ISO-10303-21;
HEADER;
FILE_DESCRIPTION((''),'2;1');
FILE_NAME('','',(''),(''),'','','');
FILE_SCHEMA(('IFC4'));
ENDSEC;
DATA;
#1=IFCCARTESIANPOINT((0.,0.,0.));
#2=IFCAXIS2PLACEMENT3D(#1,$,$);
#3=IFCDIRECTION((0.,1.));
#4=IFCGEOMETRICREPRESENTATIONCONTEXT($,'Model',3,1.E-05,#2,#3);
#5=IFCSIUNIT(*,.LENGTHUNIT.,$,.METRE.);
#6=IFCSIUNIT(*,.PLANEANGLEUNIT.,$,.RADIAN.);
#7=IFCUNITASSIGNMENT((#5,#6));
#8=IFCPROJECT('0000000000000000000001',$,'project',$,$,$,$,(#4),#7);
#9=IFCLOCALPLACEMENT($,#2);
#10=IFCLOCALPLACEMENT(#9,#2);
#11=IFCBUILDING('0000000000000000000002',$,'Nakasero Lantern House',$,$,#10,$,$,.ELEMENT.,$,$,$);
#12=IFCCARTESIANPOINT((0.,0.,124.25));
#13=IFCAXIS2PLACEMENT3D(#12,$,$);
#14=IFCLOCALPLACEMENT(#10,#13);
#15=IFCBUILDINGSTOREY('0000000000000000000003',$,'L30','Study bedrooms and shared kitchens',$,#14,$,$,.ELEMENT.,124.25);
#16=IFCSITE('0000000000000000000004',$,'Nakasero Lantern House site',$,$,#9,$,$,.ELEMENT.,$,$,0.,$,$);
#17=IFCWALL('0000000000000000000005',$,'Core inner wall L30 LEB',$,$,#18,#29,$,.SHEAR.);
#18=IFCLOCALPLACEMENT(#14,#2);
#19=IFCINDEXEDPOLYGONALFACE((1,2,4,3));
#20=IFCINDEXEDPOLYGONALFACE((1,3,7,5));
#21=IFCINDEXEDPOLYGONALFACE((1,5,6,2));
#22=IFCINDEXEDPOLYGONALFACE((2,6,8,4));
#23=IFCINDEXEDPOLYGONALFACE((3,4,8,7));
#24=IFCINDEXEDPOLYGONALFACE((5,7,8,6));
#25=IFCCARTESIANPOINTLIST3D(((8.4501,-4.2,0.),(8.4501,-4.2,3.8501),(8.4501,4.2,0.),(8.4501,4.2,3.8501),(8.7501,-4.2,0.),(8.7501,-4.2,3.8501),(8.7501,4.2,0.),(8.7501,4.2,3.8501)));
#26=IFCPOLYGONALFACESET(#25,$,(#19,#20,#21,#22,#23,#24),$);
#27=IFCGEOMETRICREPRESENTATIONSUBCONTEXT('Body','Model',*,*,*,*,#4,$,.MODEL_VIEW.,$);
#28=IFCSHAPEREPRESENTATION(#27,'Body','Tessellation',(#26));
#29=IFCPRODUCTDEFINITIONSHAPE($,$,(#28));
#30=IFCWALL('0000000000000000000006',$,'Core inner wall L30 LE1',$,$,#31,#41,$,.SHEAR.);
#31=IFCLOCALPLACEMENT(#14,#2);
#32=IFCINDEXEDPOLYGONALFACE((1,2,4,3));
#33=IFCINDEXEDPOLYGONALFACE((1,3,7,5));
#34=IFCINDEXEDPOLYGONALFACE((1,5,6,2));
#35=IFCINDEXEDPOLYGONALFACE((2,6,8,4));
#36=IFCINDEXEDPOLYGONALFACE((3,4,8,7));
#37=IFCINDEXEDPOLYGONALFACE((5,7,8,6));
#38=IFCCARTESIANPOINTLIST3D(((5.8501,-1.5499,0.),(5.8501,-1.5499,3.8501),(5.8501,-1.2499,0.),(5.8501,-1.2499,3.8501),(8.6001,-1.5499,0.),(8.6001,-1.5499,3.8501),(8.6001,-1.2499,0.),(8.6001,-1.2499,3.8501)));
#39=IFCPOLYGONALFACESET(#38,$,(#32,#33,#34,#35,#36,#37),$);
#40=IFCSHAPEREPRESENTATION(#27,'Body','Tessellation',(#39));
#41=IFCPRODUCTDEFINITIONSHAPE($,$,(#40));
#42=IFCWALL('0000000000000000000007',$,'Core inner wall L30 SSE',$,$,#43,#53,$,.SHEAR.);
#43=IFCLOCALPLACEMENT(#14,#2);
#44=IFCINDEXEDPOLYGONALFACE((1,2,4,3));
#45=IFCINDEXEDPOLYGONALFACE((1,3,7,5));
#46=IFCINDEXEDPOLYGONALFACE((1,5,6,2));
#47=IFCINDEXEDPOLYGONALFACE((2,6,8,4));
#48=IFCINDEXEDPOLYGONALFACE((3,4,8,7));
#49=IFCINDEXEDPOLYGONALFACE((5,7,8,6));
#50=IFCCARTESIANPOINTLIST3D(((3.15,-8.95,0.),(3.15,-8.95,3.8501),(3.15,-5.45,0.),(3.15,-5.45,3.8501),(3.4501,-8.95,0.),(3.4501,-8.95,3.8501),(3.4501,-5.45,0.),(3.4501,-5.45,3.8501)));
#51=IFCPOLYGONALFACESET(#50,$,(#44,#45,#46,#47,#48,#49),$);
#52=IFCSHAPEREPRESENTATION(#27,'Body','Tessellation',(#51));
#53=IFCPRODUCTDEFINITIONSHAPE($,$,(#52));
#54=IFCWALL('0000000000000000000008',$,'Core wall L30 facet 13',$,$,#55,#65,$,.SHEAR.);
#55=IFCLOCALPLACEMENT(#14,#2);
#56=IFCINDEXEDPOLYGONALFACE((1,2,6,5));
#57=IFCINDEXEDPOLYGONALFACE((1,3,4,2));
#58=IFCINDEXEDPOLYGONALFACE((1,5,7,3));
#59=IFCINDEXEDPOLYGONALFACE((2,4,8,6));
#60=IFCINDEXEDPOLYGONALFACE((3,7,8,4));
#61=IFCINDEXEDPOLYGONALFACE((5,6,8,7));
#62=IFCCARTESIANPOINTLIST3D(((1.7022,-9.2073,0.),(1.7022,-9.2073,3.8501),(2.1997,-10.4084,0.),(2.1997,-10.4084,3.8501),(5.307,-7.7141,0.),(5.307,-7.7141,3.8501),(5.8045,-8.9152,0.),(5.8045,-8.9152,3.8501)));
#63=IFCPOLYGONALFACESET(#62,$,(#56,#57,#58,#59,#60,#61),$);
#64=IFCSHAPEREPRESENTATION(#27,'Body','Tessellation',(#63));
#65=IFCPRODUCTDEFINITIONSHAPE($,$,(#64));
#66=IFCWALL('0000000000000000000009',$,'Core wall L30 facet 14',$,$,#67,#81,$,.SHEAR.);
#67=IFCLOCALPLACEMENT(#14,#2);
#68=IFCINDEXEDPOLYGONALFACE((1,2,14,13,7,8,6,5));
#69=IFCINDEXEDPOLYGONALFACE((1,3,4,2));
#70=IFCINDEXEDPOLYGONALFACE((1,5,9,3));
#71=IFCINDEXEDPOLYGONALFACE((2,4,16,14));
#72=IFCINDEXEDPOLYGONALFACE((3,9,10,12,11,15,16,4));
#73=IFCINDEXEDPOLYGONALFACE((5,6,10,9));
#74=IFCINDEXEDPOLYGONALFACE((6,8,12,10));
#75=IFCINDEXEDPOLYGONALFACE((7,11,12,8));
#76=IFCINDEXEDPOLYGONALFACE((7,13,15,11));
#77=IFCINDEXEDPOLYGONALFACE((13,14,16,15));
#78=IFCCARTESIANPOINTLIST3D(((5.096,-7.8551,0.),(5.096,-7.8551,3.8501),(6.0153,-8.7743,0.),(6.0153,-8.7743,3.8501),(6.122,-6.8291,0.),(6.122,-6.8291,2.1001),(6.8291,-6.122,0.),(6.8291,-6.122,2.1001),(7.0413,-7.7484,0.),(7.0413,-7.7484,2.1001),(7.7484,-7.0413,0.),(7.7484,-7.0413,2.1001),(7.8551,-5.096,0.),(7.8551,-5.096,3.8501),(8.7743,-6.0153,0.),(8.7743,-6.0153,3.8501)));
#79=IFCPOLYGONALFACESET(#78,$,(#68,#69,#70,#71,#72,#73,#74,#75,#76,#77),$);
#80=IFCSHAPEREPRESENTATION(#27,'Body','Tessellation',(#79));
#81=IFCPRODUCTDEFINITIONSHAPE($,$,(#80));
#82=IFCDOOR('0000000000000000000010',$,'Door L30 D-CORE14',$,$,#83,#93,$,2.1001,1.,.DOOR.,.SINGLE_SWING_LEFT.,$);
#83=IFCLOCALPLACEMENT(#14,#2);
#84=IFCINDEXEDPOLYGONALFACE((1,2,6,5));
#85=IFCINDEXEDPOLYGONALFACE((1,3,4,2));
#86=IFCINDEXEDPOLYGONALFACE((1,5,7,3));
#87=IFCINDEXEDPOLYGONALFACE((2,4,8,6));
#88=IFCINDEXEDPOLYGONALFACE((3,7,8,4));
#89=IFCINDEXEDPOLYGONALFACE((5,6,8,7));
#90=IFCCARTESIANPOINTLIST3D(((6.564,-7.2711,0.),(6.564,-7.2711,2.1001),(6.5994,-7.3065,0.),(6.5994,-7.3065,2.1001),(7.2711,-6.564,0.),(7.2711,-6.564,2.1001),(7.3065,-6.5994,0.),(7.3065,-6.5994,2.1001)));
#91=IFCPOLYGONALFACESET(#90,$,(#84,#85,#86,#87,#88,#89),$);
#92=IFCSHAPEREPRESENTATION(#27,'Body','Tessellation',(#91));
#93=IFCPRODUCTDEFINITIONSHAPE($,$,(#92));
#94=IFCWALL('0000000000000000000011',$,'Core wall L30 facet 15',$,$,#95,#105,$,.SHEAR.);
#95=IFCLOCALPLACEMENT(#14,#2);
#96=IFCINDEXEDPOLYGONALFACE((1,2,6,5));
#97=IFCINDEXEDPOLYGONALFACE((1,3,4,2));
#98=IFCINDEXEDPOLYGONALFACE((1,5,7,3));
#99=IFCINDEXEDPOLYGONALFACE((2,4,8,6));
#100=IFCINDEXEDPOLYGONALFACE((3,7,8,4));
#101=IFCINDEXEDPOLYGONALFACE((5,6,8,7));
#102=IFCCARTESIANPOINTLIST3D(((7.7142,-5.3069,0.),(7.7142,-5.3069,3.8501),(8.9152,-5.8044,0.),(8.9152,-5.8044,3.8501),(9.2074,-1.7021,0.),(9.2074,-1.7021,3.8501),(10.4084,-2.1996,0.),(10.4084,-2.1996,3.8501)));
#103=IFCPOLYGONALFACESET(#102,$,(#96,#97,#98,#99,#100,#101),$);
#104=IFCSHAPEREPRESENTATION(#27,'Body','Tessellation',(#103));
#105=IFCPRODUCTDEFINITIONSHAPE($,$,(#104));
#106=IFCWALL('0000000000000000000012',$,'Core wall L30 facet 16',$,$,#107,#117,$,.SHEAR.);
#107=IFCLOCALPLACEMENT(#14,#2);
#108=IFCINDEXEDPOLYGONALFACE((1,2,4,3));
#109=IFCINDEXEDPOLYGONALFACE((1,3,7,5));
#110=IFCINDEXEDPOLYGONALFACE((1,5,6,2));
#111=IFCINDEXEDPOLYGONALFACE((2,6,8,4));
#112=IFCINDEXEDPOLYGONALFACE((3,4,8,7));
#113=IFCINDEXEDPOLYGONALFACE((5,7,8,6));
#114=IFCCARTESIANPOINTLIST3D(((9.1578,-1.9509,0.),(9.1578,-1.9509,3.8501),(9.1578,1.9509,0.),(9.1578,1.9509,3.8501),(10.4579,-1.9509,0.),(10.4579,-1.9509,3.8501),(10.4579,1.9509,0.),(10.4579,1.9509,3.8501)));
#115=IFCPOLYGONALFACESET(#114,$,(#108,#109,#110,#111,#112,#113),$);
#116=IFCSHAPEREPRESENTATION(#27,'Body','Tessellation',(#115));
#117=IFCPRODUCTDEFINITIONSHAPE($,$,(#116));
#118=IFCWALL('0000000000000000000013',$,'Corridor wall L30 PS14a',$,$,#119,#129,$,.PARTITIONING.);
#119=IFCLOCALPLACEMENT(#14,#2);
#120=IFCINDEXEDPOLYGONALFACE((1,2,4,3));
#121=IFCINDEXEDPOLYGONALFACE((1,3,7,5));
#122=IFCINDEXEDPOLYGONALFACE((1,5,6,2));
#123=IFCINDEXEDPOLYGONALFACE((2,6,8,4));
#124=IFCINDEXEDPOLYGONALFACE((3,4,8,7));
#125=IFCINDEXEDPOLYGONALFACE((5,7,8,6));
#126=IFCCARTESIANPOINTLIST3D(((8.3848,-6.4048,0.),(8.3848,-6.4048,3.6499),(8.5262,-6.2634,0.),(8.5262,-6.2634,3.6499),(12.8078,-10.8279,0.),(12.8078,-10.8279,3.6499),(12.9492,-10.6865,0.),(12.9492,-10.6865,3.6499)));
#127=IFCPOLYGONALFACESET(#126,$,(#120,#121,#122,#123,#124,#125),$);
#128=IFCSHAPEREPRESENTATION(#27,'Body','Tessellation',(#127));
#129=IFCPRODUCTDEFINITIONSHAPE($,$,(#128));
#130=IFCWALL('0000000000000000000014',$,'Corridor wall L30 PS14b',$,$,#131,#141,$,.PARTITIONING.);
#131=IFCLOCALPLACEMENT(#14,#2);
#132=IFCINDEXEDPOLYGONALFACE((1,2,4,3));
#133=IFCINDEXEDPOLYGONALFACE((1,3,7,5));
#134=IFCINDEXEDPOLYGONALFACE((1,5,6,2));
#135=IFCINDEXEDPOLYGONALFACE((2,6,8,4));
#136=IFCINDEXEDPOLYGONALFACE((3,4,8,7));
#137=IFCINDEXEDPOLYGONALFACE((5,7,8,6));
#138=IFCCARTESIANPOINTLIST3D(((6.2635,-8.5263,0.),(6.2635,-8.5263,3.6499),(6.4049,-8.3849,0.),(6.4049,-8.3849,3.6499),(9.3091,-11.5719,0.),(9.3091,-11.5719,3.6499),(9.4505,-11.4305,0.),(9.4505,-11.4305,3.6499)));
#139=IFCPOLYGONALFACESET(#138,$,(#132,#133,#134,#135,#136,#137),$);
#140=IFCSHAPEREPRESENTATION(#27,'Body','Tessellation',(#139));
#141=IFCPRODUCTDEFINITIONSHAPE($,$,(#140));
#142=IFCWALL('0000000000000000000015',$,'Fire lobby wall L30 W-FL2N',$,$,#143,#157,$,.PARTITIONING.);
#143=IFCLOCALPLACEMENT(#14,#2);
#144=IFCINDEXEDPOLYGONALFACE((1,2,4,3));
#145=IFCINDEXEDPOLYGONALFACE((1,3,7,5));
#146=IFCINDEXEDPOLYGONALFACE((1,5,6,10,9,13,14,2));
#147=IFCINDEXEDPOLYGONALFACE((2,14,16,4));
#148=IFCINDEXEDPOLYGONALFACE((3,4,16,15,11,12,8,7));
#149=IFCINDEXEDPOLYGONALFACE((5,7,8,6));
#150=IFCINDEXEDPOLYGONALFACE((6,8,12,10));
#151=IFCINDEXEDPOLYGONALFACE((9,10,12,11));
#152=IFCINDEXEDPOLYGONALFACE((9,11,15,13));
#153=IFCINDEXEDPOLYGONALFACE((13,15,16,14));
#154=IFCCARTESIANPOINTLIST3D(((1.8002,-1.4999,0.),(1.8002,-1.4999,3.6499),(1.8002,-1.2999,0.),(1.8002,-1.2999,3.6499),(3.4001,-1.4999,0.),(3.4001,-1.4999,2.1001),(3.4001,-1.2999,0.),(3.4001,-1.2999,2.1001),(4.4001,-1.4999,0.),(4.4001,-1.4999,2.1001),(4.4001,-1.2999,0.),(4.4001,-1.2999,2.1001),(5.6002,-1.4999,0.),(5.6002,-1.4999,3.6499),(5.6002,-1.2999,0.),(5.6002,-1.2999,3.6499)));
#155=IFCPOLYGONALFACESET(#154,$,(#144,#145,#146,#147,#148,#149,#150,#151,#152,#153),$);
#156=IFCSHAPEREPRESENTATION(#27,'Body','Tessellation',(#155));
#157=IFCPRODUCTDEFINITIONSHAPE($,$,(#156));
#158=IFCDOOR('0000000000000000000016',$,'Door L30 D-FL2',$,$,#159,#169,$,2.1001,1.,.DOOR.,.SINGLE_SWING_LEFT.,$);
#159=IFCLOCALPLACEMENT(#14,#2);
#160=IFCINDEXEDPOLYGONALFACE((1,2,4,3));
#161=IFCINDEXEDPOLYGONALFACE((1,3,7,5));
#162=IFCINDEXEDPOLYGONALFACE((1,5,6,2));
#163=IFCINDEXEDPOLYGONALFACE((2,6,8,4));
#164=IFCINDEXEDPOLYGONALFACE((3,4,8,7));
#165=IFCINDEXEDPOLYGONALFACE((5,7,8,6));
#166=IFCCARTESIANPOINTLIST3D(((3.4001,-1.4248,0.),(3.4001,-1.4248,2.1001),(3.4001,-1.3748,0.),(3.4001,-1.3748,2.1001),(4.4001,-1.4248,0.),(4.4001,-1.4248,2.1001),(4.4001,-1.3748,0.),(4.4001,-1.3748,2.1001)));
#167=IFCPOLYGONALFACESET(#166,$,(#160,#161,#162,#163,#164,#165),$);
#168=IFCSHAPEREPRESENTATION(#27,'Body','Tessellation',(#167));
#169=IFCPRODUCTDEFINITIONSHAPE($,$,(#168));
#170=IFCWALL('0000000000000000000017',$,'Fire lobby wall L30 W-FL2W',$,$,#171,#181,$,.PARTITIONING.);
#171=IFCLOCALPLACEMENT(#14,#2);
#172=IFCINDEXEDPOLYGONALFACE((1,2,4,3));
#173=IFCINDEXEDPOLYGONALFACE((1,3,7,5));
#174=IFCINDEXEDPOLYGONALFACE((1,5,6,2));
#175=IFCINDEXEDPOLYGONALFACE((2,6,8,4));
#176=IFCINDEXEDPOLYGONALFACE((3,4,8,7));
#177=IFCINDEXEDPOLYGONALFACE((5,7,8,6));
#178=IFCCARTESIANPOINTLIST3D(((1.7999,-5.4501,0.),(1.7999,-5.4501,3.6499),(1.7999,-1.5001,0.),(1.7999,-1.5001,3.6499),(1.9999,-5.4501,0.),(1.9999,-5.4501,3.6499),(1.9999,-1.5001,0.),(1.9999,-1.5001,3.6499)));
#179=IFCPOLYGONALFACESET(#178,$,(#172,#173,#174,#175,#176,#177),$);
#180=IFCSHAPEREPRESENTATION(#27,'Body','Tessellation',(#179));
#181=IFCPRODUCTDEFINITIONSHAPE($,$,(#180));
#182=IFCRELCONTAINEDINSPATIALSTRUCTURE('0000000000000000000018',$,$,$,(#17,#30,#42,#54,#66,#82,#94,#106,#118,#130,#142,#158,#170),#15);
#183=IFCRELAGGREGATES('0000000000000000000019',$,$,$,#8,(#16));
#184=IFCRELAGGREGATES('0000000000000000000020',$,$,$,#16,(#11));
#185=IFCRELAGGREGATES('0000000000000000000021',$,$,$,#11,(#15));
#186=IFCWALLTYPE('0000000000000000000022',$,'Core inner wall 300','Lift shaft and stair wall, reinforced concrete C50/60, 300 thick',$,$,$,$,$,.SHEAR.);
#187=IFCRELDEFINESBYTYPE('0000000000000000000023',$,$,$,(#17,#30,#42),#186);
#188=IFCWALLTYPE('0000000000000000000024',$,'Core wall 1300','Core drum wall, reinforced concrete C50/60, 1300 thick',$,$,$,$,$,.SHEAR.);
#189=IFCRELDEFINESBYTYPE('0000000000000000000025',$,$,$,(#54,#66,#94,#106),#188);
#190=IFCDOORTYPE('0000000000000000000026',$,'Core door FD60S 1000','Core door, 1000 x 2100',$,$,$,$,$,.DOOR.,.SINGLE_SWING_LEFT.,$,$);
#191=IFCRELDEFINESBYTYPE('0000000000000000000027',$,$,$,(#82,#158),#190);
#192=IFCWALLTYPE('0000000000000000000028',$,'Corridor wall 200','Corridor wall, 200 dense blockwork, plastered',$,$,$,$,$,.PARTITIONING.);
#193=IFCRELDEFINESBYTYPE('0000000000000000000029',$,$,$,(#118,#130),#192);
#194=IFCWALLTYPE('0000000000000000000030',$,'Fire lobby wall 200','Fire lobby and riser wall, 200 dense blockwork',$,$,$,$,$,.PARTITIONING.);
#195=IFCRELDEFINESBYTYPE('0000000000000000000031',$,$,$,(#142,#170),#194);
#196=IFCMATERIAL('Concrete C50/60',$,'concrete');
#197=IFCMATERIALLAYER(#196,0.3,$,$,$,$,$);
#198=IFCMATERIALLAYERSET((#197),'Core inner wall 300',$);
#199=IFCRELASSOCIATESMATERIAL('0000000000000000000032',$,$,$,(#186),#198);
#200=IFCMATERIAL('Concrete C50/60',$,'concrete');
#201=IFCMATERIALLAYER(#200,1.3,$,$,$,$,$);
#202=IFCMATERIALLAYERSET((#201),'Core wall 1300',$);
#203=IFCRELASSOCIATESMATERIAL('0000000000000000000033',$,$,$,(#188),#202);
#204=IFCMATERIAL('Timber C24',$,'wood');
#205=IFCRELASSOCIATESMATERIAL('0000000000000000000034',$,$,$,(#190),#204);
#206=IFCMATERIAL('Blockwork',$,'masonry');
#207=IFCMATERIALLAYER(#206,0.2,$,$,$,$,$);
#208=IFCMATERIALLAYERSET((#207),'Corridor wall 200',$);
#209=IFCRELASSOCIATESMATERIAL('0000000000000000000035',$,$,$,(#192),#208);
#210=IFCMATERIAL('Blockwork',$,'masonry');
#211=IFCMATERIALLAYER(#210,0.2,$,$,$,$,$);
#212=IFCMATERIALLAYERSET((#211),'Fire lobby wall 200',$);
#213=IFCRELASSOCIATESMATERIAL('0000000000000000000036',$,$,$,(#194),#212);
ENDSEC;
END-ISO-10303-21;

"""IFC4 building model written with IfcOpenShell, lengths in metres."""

from ifc_helpers import new_model, si_unit, direction, frame, frame_2d, origin, place, context, subcontext, project, spatial, rectangle, extrude, material, layer, layer_set, type_object, element, fill, save


model = new_model("IFC4")

# Units and contexts
model_context = context("Model", 3, precision=1e-05, world=origin(), true_north=direction((0.0, 1.0)))
body_context = subcontext(model_context, "Body", "Model", "MODEL_VIEW")
ifc_project = project(units=[si_unit("LENGTHUNIT", "METRE"), si_unit("PLANEANGLEUNIT", "RADIAN")], contexts=[model_context])

# Site, building, storey
site_placement = place(None, origin())
site = spatial("IfcSite", under=ifc_project, at=site_placement, Name="Nakasero Lantern House site", CompositionType="ELEMENT", RefElevation=0.0)
building_placement = place(site_placement, origin())
building = spatial("IfcBuilding", under=site, at=building_placement, Name="Nakasero Lantern House", CompositionType="ELEMENT")
storey_placement = place(building_placement, frame((0.0, 0.0, 124.25)))
storey = spatial("IfcBuildingStorey", under=building, at=storey_placement, Name="L30", Description="Study bedrooms and shared kitchens", CompositionType="ELEMENT", Elevation=124.25)

# Shared definitions
ifc_material_1 = material(Name="Concrete C50/60", Category="concrete")
ifc_layer_1 = layer(ifc_material_1, 0.3)
ifc_layer_set_1 = layer_set([ifc_layer_1], Name="Core inner wall 300")
wall_type_1 = type_object("IfcWallType", Name="Core inner wall 300", Description="Lift shaft and stair wall, reinforced concrete C50/60, 300 thick", PredefinedType="SHEAR", material=ifc_layer_set_1)

# Walls
wall_1_placement = place(storey_placement, frame((8.6001, -4.2, 0.0), z_axis=(0.0, 0.0, 1.0), x_axis=(0.0, 1.0, 0.0)))
element("IfcWall", 1, at=wall_1_placement, inside=storey, type_object=wall_type_1, Name="Core inner wall L30 LEB", PredefinedType="SHEAR", context=body_context, shape_type="SweptSolid", body=[
    extrude(rectangle(XDim=8.3999, YDim=0.3, at=frame_2d((4.2, 0.0))), origin(), (0.0, 0.0, 1.0), 3.8501),
])
wall_2_placement = place(storey_placement, frame((5.8501, -1.3999, 0.0), z_axis=(0.0, 0.0, 1.0), x_axis=(1.0, 0.0, 0.0)))
element("IfcWall", 2, at=wall_2_placement, inside=storey, type_object=wall_type_1, Name="Core inner wall L30 LE1", PredefinedType="SHEAR", context=body_context, shape_type="SweptSolid", body=[
    extrude(rectangle(XDim=2.75, YDim=0.3, at=frame_2d((1.375, 0.0))), origin(), (0.0, 0.0, 1.0), 3.8501),
])
wall_3_placement = place(storey_placement, frame((3.3, -5.45, 0.0), z_axis=(0.0, 0.0, 1.0), x_axis=(0.0, -1.0, 0.0)))
element("IfcWall", 3, at=wall_3_placement, inside=storey, type_object=wall_type_1, Name="Core inner wall L30 SSE", PredefinedType="SHEAR", context=body_context, shape_type="SweptSolid", body=[
    extrude(rectangle(XDim=3.5, YDim=0.3, at=frame_2d((1.75, 0.0))), origin(), (0.0, 0.0, 1.0), 3.8501),
])
ifc_material_2 = material(Name="Concrete C50/60", Category="concrete")
ifc_layer_2 = layer(ifc_material_2, 1.3)
ifc_layer_set_2 = layer_set([ifc_layer_2], Name="Core wall 1300")
wall_type_2 = type_object("IfcWallType", Name="Core wall 1300", Description="Core drum wall, reinforced concrete C50/60, 1300 thick", PredefinedType="SHEAR", material=ifc_layer_set_2)
wall_4_placement = place(storey_placement, frame((1.9509, -9.8079, 0.0), z_axis=(0.0, 0.0, 1.0), x_axis=(0.923877, 0.382691, 0.0)))
element("IfcWall", 4, at=wall_4_placement, inside=storey, type_object=wall_type_2, Name="Core wall L30 facet 13", PredefinedType="SHEAR", context=body_context, shape_type="SweptSolid", body=[
    extrude(rectangle(XDim=3.9019, YDim=1.3, at=frame_2d((1.9509, 0.0))), origin(), (0.0, 0.0, 1.0), 3.8501),
])

# Wall, opening, door
wall_5_placement = place(storey_placement, frame((5.5557, -8.3147, 0.0), z_axis=(0.0, 0.0, 1.0), x_axis=(0.707107, 0.707107, 0.0)))
wall_5 = element("IfcWall", 5, at=wall_5_placement, inside=storey, type_object=wall_type_2, Name="Core wall L30 facet 14", PredefinedType="SHEAR", context=body_context, shape_type="SweptSolid", body=[
    extrude(rectangle(XDim=3.9019, YDim=1.3, at=frame_2d((1.9509, 0.0))), origin(), (0.0, 0.0, 1.0), 3.8501),
])
opening_1_placement = place(wall_5_placement, frame((1.4509, 0.0, 0.0)))
opening_1 = element("IfcOpeningElement", 6, at=opening_1_placement, cuts=wall_5, PredefinedType="OPENING", context=body_context, shape_type="SweptSolid", body=[
    extrude(rectangle(XDim=1.0, YDim=2.1001, at=frame_2d((0.5, 1.05))), frame((0.0, 0.6699, 0.0), z_axis=(0.0, -1.0, 0.0), x_axis=(1.0, 0.0, 0.0)), (0.0, 0.0, 1.0), 1.3401),
])
ifc_material_3 = material(Name="Timber C24", Category="wood")
door_type_1 = type_object("IfcDoorType", Name="Core door FD60S 1000", Description="Core door, 1000 x 2100", OperationType="SINGLE_SWING_LEFT", PredefinedType="DOOR", material=ifc_material_3)
door_1_placement = place(opening_1_placement, origin())
door_1 = element("IfcDoor", 7, at=door_1_placement, inside=storey, type_object=door_type_1, Name="Door L30 D-CORE14", OperationType="SINGLE_SWING_LEFT", OverallHeight=2.1001, OverallWidth=1.0, PredefinedType="DOOR", context=body_context, shape_type="SweptSolid", body=[
    extrude(rectangle(XDim=1.0, YDim=2.1001, at=frame_2d((0.5, 1.05))), frame((0.0, 0.0249, 0.0), z_axis=(0.0, -1.0, 0.0), x_axis=(1.0, 0.0, 0.0)), (0.0, 0.0, 1.0), 0.05),
])
fill(opening_1, door_1)

# Walls
for number, where, z_axis, x_axis, name in (
    (8, (8.3147, -5.5557, 0.0), (0.0, 0.0, 1.0), (0.382691, 0.923877, 0.0), "Core wall L30 facet 15"),
    (9, (9.8079, -1.9509, 0.0), (0.0, 0.0, 1.0), (0.0, 1.0, 0.0), "Core wall L30 facet 16"),
):
    element("IfcWall", number, at=place(storey_placement, frame(where, z_axis=z_axis, x_axis=x_axis)), inside=storey, type_object=wall_type_2, Name=name, PredefinedType="SHEAR", context=body_context, shape_type="SweptSolid", body=[
        extrude(rectangle(XDim=3.9019, YDim=1.3, at=frame_2d((1.9509, 0.0))), origin(), (0.0, 0.0, 1.0), 3.8501),
    ])
ifc_material_4 = material(Name="Blockwork", Category="masonry")
ifc_layer_3 = layer(ifc_material_4, 0.2)
ifc_layer_set_3 = layer_set([ifc_layer_3], Name="Corridor wall 200")
wall_type_3 = type_object("IfcWallType", Name="Corridor wall 200", Description="Corridor wall, 200 dense blockwork, plastered", PredefinedType="PARTITIONING", material=ifc_layer_set_3)
wall_6_placement = place(storey_placement, frame((8.4556, -6.3342, 0.0), z_axis=(0.0, 0.0, 1.0), x_axis=(0.707107, -0.707107, 0.0)))
element("IfcWall", 10, at=wall_6_placement, inside=storey, type_object=wall_type_3, Name="Corridor wall L30 PS14a", PredefinedType="PARTITIONING", context=body_context, shape_type="SweptSolid", body=[
    extrude(rectangle(XDim=6.2551, YDim=0.2, at=frame_2d((3.1274, 0.0))), origin(), (0.0, 0.0, 1.0), 3.6499),
])
wall_7_placement = place(storey_placement, frame((6.3342, -8.4556, 0.0), z_axis=(0.0, 0.0, 1.0), x_axis=(0.707107, -0.707107, 0.0)))
element("IfcWall", 11, at=wall_7_placement, inside=storey, type_object=wall_type_3, Name="Corridor wall L30 PS14b", PredefinedType="PARTITIONING", context=body_context, shape_type="SweptSolid", body=[
    extrude(rectangle(XDim=4.3071, YDim=0.2, at=frame_2d((2.1536, 0.0))), origin(), (0.0, 0.0, 1.0), 3.6499),
])

# Wall, opening, door
ifc_material_5 = material(Name="Blockwork", Category="masonry")
ifc_layer_4 = layer(ifc_material_5, 0.2)
ifc_layer_set_4 = layer_set([ifc_layer_4], Name="Fire lobby wall 200")
wall_type_4 = type_object("IfcWallType", Name="Fire lobby wall 200", Description="Fire lobby and riser wall, 200 dense blockwork", PredefinedType="PARTITIONING", material=ifc_layer_set_4)
wall_8_placement = place(storey_placement, frame((5.6001, -1.3999, 0.0), z_axis=(0.0, 0.0, 1.0), x_axis=(-1.0, 0.0, 0.0)))
wall_8 = element("IfcWall", 12, at=wall_8_placement, inside=storey, type_object=wall_type_4, Name="Fire lobby wall L30 W-FL2N", PredefinedType="PARTITIONING", context=body_context, shape_type="SweptSolid", body=[
    extrude(rectangle(XDim=3.8, YDim=0.2, at=frame_2d((1.8999, 0.0))), origin(), (0.0, 0.0, 1.0), 3.6499),
])
opening_2_placement = place(wall_8_placement, frame((1.2, 0.0, 0.0)))
opening_2 = element("IfcOpeningElement", 13, at=opening_2_placement, cuts=wall_8, PredefinedType="OPENING", context=body_context, shape_type="SweptSolid", body=[
    extrude(rectangle(XDim=1.0, YDim=2.1001, at=frame_2d((0.5, 1.05))), frame((0.0, 0.1199, 0.0), z_axis=(0.0, -1.0, 0.0), x_axis=(1.0, 0.0, 0.0)), (0.0, 0.0, 1.0), 0.24),
])
door_2_placement = place(opening_2_placement, origin())
door_2 = element("IfcDoor", 14, at=door_2_placement, inside=storey, type_object=door_type_1, Name="Door L30 D-FL2", OperationType="SINGLE_SWING_LEFT", OverallHeight=2.1001, OverallWidth=1.0, PredefinedType="DOOR", context=body_context, shape_type="SweptSolid", body=[
    extrude(rectangle(XDim=1.0, YDim=2.1001, at=frame_2d((0.5, 1.05))), frame((0.0, 0.0249, 0.0), z_axis=(0.0, -1.0, 0.0), x_axis=(1.0, 0.0, 0.0)), (0.0, 0.0, 1.0), 0.05),
])
fill(opening_2, door_2)

# Wall
wall_9_placement = place(storey_placement, frame((1.8999, -1.5, 0.0), z_axis=(0.0, 0.0, 1.0), x_axis=(0.0, -1.0, 0.0)))
element("IfcWall", 15, at=wall_9_placement, inside=storey, type_object=wall_type_4, Name="Fire lobby wall L30 W-FL2W", PredefinedType="PARTITIONING", context=body_context, shape_type="SweptSolid", body=[
    extrude(rectangle(XDim=3.95, YDim=0.2, at=frame_2d((1.9751, 0.0))), origin(), (0.0, 0.0, 1.0), 3.6499),
])

save(model, "model.ifc")
